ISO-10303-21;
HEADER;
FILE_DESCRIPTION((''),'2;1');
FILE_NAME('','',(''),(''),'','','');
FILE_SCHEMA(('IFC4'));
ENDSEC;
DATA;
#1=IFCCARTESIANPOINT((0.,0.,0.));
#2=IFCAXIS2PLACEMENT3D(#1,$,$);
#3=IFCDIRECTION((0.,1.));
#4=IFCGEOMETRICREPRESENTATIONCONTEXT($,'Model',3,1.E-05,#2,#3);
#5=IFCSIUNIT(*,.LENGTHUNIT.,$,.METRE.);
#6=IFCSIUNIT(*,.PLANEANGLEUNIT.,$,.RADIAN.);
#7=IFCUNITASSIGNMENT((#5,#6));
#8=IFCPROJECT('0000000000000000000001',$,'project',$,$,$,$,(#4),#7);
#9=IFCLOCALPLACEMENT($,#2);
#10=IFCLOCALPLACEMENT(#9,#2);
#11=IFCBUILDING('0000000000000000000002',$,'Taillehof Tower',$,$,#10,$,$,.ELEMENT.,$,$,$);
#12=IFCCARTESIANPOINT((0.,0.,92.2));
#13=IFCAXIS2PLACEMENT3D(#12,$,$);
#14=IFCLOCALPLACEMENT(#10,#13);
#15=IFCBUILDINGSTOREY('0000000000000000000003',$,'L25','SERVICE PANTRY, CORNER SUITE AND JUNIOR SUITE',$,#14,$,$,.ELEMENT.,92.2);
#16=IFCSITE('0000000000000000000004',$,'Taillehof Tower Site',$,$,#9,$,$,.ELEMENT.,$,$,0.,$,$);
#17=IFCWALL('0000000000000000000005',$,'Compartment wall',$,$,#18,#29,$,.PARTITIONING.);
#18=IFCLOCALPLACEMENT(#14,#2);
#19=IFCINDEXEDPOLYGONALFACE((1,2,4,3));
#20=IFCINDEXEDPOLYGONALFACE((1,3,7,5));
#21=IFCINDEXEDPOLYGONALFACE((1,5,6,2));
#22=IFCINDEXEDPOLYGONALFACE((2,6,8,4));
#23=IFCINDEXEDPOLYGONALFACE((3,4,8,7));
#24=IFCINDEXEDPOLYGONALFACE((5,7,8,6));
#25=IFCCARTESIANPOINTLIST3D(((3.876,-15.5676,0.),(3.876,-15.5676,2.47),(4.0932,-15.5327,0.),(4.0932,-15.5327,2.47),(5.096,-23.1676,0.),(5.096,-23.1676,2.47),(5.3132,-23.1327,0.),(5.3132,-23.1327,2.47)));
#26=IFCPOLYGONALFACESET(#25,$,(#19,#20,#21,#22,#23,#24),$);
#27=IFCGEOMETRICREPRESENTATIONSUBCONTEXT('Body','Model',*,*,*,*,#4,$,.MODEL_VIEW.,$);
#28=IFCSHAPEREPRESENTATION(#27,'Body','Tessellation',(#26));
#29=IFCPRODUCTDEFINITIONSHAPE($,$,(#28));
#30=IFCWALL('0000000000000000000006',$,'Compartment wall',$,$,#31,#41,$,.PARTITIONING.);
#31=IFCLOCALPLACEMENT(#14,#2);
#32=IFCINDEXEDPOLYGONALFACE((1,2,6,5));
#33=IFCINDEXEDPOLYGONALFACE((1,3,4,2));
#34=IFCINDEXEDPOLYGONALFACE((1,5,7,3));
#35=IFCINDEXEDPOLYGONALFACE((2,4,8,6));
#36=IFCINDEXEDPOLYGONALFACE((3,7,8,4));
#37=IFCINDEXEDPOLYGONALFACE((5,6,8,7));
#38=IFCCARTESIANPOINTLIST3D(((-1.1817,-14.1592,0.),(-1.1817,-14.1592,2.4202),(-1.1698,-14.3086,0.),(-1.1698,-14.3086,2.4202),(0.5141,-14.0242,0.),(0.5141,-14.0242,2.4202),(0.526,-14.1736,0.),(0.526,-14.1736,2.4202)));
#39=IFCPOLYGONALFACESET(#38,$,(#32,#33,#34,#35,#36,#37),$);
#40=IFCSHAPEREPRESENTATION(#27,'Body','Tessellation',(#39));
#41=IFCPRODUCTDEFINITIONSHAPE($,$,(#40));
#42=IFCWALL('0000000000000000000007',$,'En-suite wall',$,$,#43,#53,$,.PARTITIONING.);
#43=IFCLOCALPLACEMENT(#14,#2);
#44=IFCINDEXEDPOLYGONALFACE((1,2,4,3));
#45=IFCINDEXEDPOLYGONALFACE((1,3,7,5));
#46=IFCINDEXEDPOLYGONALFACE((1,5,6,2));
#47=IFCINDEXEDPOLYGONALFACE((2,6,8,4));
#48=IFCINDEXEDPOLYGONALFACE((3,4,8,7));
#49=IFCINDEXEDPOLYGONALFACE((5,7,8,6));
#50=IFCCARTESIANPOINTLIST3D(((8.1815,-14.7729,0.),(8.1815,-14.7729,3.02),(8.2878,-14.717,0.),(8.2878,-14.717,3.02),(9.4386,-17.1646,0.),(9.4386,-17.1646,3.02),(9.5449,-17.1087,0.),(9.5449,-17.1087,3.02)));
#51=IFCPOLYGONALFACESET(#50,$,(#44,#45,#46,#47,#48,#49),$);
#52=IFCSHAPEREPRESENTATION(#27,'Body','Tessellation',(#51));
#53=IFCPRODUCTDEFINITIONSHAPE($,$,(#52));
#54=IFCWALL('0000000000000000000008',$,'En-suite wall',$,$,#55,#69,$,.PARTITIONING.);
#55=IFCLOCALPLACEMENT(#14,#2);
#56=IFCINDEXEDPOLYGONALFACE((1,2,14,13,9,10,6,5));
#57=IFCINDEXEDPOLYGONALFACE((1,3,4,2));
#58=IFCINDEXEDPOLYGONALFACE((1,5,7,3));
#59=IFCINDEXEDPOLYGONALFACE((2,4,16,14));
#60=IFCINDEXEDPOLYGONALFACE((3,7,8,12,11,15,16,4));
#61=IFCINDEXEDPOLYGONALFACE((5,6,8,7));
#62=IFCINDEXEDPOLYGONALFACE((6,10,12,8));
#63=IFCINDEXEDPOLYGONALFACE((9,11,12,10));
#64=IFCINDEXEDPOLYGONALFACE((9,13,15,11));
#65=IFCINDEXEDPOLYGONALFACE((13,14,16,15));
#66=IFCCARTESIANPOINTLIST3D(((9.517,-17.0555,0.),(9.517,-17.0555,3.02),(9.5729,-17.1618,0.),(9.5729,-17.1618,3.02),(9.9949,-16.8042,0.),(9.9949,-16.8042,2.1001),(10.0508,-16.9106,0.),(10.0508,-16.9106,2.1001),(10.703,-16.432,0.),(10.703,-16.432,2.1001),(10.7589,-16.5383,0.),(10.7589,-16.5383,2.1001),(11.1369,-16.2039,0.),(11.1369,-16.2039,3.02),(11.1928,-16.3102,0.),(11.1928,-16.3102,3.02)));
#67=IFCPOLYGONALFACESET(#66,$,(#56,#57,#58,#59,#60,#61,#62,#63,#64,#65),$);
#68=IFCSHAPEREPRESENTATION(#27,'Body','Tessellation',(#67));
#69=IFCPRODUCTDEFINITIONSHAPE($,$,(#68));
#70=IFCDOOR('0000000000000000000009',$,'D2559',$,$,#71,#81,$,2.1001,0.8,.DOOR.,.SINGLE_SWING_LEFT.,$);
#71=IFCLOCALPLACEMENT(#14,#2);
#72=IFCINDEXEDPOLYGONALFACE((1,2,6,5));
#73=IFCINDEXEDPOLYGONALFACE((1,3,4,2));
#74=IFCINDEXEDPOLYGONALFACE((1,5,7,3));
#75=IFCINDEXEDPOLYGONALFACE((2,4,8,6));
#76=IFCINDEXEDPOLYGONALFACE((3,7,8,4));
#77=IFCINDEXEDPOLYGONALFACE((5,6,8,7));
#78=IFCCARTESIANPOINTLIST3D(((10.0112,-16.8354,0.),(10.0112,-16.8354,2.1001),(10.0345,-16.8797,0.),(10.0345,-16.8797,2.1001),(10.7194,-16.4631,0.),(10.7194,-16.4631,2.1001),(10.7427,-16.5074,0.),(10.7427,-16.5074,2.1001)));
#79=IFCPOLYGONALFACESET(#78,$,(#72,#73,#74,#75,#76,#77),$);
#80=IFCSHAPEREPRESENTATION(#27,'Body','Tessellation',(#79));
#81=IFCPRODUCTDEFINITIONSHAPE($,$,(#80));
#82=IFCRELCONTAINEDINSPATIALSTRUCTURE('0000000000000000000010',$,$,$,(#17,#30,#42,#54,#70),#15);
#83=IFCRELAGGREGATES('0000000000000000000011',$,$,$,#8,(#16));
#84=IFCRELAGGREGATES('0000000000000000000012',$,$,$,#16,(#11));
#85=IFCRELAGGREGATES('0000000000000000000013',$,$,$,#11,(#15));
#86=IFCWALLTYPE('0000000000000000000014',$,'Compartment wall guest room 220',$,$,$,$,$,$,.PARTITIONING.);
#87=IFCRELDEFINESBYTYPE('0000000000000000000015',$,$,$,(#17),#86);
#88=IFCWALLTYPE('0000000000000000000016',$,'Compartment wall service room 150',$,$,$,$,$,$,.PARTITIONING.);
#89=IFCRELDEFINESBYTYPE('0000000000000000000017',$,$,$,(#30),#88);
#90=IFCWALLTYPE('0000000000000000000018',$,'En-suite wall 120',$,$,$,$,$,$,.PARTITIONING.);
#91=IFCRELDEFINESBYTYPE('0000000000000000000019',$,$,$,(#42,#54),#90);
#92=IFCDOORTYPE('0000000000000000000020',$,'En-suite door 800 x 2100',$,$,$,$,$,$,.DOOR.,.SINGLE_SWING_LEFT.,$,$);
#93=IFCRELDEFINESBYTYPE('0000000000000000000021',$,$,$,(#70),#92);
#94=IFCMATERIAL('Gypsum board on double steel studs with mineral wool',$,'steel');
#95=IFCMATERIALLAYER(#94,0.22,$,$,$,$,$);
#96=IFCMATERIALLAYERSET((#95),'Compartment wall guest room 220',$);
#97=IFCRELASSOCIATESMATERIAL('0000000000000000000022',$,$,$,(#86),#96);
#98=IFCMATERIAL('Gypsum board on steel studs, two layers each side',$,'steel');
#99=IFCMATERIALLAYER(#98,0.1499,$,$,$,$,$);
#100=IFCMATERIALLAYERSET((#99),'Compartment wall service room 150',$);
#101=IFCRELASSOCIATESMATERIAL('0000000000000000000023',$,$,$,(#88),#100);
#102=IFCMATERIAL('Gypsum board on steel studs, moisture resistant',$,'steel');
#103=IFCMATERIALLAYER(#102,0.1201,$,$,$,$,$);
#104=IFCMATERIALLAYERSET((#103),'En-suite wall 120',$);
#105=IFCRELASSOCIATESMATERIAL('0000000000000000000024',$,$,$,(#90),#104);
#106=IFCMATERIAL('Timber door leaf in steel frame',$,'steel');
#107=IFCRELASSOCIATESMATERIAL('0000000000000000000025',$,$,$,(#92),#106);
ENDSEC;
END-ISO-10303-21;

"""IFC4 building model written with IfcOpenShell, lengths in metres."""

from ifc_helpers import new_model, si_unit, direction, frame, frame_2d, origin, place, context, subcontext, project, spatial, rectangle, extrude, material, layer, layer_set, type_object, element, fill, save


model = new_model("IFC4")

# Units and contexts
model_context = context("Model", 3, precision=1e-05, world=origin(), true_north=direction((0.0, 1.0)))
body_context = subcontext(model_context, "Body", "Model", "MODEL_VIEW")
ifc_project = project(units=[si_unit("LENGTHUNIT", "METRE"), si_unit("PLANEANGLEUNIT", "RADIAN")], contexts=[model_context])

# Site, building, storey
site_placement = place(None, origin())
site = spatial("IfcSite", under=ifc_project, at=site_placement, Name="Taillehof Tower Site", CompositionType="ELEMENT", RefElevation=0.0)
building_placement = place(site_placement, origin())
building = spatial("IfcBuilding", under=site, at=building_placement, Name="Taillehof Tower", CompositionType="ELEMENT")
storey_placement = place(building_placement, frame((0.0, 0.0, 92.2)))
storey = spatial("IfcBuildingStorey", under=building, at=storey_placement, Name="L25", Description="SERVICE PANTRY, CORNER SUITE AND JUNIOR SUITE", CompositionType="ELEMENT", Elevation=92.2)

# Walls
ifc_material_1 = material(Name="Gypsum board on double steel studs with mineral wool", Category="steel")
ifc_layer_1 = layer(ifc_material_1, 0.22)
ifc_layer_set_1 = layer_set([ifc_layer_1], Name="Compartment wall guest room 220")
wall_type_1 = type_object("IfcWallType", Name="Compartment wall guest room 220", PredefinedType="PARTITIONING", material=ifc_layer_set_1)
for number, where, z_axis, x_axis, name in (
    (1, (5.2046, -23.1501, 0.0), (0.0, 0.0, 1.0), (-0.158496, 0.98736, 0.0), "Compartment wall"),
):
    element("IfcWall", number, at=place(storey_placement, frame(where, z_axis=z_axis, x_axis=x_axis)), inside=storey, type_object=wall_type_1, Name=name, PredefinedType="PARTITIONING", context=body_context, shape_type="SweptSolid", body=[
        extrude(rectangle(XDim=7.6973, YDim=0.22, at=frame_2d((3.8486, 0.0))), origin(), (0.0, 0.0, 1.0), 2.47),
    ])
ifc_material_2 = material(Name="Gypsum board on steel studs, two layers each side", Category="steel")
ifc_layer_2 = layer(ifc_material_2, 0.1499)
ifc_layer_set_2 = layer_set([ifc_layer_2], Name="Compartment wall service room 150")
wall_type_2 = type_object("IfcWallType", Name="Compartment wall service room 150", PredefinedType="PARTITIONING", material=ifc_layer_set_2)
wall_1_placement = place(storey_placement, frame((0.52, -14.0989, 0.0), z_axis=(0.0, 0.0, 1.0), x_axis=(-0.996846, -0.079363, 0.0)))
element("IfcWall", 2, at=wall_1_placement, inside=storey, type_object=wall_type_2, Name="Compartment wall", PredefinedType="PARTITIONING", context=body_context, shape_type="SweptSolid", body=[
    extrude(rectangle(XDim=1.7012, YDim=0.1499, at=frame_2d((0.8506, 0.0))), origin(), (0.0, 0.0, 1.0), 2.4202),
])
ifc_material_3 = material(Name="Gypsum board on steel studs, moisture resistant", Category="steel")
ifc_layer_3 = layer(ifc_material_3, 0.1201)
ifc_layer_set_3 = layer_set([ifc_layer_3], Name="En-suite wall 120")
wall_type_3 = type_object("IfcWallType", Name="En-suite wall 120", PredefinedType="PARTITIONING", material=ifc_layer_set_3)
wall_2_placement = place(storey_placement, frame((8.2346, -14.7449, 0.0), z_axis=(0.0, 0.0, 1.0), x_axis=(0.465266, -0.885171, 0.0)))
element("IfcWall", 3, at=wall_2_placement, inside=storey, type_object=wall_type_3, Name="En-suite wall", PredefinedType="PARTITIONING", context=body_context, shape_type="SweptSolid", body=[
    extrude(rectangle(XDim=2.7019, YDim=0.1201, at=frame_2d((1.3511, 0.0))), origin(), (0.0, 0.0, 1.0), 3.02),
])

# Wall, opening, door
wall_3_placement = place(storey_placement, frame((9.5449, -17.1086, 0.0), z_axis=(0.0, 0.0, 1.0), x_axis=(0.885144, 0.465318, 0.0)))
wall_3 = element("IfcWall", 4, at=wall_3_placement, inside=storey, type_object=wall_type_3, Name="En-suite wall", PredefinedType="PARTITIONING", context=body_context, shape_type="SweptSolid", body=[
    extrude(rectangle(XDim=1.8301, YDim=0.1201, at=frame_2d((0.915, 0.0))), origin(), (0.0, 0.0, 1.0), 3.02),
])
opening_1_placement = place(wall_3_placement, frame((0.54, 0.0, 0.0)))
opening_1 = element("IfcOpeningElement", 5, at=opening_1_placement, cuts=wall_3, PredefinedType="OPENING", context=body_context, shape_type="SweptSolid", body=[
    extrude(rectangle(XDim=0.8, YDim=2.1001, at=frame_2d((0.3999, 1.05))), frame((0.0, 0.0701, 0.0), z_axis=(0.0, -1.0, 0.0), x_axis=(1.0, 0.0, 0.0)), (0.0, 0.0, 1.0), 0.1401),
])
ifc_material_4 = material(Name="Timber door leaf in steel frame", Category="steel")
door_type_1 = type_object("IfcDoorType", Name="En-suite door 800 x 2100", OperationType="SINGLE_SWING_LEFT", PredefinedType="DOOR", material=ifc_material_4)
door_1_placement = place(opening_1_placement, origin())
door_1 = element("IfcDoor", 6, at=door_1_placement, inside=storey, type_object=door_type_1, Name="D2559", OperationType="SINGLE_SWING_LEFT", OverallHeight=2.1001, OverallWidth=0.8, PredefinedType="DOOR", context=body_context, shape_type="SweptSolid", body=[
    extrude(rectangle(XDim=0.8, YDim=2.1001, at=frame_2d((0.3999, 1.05))), frame((0.0, 0.0249, 0.0), z_axis=(0.0, -1.0, 0.0), x_axis=(1.0, 0.0, 0.0)), (0.0, 0.0, 1.0), 0.05),
])
fill(opening_1, door_1)

save(model, "model.ifc")
